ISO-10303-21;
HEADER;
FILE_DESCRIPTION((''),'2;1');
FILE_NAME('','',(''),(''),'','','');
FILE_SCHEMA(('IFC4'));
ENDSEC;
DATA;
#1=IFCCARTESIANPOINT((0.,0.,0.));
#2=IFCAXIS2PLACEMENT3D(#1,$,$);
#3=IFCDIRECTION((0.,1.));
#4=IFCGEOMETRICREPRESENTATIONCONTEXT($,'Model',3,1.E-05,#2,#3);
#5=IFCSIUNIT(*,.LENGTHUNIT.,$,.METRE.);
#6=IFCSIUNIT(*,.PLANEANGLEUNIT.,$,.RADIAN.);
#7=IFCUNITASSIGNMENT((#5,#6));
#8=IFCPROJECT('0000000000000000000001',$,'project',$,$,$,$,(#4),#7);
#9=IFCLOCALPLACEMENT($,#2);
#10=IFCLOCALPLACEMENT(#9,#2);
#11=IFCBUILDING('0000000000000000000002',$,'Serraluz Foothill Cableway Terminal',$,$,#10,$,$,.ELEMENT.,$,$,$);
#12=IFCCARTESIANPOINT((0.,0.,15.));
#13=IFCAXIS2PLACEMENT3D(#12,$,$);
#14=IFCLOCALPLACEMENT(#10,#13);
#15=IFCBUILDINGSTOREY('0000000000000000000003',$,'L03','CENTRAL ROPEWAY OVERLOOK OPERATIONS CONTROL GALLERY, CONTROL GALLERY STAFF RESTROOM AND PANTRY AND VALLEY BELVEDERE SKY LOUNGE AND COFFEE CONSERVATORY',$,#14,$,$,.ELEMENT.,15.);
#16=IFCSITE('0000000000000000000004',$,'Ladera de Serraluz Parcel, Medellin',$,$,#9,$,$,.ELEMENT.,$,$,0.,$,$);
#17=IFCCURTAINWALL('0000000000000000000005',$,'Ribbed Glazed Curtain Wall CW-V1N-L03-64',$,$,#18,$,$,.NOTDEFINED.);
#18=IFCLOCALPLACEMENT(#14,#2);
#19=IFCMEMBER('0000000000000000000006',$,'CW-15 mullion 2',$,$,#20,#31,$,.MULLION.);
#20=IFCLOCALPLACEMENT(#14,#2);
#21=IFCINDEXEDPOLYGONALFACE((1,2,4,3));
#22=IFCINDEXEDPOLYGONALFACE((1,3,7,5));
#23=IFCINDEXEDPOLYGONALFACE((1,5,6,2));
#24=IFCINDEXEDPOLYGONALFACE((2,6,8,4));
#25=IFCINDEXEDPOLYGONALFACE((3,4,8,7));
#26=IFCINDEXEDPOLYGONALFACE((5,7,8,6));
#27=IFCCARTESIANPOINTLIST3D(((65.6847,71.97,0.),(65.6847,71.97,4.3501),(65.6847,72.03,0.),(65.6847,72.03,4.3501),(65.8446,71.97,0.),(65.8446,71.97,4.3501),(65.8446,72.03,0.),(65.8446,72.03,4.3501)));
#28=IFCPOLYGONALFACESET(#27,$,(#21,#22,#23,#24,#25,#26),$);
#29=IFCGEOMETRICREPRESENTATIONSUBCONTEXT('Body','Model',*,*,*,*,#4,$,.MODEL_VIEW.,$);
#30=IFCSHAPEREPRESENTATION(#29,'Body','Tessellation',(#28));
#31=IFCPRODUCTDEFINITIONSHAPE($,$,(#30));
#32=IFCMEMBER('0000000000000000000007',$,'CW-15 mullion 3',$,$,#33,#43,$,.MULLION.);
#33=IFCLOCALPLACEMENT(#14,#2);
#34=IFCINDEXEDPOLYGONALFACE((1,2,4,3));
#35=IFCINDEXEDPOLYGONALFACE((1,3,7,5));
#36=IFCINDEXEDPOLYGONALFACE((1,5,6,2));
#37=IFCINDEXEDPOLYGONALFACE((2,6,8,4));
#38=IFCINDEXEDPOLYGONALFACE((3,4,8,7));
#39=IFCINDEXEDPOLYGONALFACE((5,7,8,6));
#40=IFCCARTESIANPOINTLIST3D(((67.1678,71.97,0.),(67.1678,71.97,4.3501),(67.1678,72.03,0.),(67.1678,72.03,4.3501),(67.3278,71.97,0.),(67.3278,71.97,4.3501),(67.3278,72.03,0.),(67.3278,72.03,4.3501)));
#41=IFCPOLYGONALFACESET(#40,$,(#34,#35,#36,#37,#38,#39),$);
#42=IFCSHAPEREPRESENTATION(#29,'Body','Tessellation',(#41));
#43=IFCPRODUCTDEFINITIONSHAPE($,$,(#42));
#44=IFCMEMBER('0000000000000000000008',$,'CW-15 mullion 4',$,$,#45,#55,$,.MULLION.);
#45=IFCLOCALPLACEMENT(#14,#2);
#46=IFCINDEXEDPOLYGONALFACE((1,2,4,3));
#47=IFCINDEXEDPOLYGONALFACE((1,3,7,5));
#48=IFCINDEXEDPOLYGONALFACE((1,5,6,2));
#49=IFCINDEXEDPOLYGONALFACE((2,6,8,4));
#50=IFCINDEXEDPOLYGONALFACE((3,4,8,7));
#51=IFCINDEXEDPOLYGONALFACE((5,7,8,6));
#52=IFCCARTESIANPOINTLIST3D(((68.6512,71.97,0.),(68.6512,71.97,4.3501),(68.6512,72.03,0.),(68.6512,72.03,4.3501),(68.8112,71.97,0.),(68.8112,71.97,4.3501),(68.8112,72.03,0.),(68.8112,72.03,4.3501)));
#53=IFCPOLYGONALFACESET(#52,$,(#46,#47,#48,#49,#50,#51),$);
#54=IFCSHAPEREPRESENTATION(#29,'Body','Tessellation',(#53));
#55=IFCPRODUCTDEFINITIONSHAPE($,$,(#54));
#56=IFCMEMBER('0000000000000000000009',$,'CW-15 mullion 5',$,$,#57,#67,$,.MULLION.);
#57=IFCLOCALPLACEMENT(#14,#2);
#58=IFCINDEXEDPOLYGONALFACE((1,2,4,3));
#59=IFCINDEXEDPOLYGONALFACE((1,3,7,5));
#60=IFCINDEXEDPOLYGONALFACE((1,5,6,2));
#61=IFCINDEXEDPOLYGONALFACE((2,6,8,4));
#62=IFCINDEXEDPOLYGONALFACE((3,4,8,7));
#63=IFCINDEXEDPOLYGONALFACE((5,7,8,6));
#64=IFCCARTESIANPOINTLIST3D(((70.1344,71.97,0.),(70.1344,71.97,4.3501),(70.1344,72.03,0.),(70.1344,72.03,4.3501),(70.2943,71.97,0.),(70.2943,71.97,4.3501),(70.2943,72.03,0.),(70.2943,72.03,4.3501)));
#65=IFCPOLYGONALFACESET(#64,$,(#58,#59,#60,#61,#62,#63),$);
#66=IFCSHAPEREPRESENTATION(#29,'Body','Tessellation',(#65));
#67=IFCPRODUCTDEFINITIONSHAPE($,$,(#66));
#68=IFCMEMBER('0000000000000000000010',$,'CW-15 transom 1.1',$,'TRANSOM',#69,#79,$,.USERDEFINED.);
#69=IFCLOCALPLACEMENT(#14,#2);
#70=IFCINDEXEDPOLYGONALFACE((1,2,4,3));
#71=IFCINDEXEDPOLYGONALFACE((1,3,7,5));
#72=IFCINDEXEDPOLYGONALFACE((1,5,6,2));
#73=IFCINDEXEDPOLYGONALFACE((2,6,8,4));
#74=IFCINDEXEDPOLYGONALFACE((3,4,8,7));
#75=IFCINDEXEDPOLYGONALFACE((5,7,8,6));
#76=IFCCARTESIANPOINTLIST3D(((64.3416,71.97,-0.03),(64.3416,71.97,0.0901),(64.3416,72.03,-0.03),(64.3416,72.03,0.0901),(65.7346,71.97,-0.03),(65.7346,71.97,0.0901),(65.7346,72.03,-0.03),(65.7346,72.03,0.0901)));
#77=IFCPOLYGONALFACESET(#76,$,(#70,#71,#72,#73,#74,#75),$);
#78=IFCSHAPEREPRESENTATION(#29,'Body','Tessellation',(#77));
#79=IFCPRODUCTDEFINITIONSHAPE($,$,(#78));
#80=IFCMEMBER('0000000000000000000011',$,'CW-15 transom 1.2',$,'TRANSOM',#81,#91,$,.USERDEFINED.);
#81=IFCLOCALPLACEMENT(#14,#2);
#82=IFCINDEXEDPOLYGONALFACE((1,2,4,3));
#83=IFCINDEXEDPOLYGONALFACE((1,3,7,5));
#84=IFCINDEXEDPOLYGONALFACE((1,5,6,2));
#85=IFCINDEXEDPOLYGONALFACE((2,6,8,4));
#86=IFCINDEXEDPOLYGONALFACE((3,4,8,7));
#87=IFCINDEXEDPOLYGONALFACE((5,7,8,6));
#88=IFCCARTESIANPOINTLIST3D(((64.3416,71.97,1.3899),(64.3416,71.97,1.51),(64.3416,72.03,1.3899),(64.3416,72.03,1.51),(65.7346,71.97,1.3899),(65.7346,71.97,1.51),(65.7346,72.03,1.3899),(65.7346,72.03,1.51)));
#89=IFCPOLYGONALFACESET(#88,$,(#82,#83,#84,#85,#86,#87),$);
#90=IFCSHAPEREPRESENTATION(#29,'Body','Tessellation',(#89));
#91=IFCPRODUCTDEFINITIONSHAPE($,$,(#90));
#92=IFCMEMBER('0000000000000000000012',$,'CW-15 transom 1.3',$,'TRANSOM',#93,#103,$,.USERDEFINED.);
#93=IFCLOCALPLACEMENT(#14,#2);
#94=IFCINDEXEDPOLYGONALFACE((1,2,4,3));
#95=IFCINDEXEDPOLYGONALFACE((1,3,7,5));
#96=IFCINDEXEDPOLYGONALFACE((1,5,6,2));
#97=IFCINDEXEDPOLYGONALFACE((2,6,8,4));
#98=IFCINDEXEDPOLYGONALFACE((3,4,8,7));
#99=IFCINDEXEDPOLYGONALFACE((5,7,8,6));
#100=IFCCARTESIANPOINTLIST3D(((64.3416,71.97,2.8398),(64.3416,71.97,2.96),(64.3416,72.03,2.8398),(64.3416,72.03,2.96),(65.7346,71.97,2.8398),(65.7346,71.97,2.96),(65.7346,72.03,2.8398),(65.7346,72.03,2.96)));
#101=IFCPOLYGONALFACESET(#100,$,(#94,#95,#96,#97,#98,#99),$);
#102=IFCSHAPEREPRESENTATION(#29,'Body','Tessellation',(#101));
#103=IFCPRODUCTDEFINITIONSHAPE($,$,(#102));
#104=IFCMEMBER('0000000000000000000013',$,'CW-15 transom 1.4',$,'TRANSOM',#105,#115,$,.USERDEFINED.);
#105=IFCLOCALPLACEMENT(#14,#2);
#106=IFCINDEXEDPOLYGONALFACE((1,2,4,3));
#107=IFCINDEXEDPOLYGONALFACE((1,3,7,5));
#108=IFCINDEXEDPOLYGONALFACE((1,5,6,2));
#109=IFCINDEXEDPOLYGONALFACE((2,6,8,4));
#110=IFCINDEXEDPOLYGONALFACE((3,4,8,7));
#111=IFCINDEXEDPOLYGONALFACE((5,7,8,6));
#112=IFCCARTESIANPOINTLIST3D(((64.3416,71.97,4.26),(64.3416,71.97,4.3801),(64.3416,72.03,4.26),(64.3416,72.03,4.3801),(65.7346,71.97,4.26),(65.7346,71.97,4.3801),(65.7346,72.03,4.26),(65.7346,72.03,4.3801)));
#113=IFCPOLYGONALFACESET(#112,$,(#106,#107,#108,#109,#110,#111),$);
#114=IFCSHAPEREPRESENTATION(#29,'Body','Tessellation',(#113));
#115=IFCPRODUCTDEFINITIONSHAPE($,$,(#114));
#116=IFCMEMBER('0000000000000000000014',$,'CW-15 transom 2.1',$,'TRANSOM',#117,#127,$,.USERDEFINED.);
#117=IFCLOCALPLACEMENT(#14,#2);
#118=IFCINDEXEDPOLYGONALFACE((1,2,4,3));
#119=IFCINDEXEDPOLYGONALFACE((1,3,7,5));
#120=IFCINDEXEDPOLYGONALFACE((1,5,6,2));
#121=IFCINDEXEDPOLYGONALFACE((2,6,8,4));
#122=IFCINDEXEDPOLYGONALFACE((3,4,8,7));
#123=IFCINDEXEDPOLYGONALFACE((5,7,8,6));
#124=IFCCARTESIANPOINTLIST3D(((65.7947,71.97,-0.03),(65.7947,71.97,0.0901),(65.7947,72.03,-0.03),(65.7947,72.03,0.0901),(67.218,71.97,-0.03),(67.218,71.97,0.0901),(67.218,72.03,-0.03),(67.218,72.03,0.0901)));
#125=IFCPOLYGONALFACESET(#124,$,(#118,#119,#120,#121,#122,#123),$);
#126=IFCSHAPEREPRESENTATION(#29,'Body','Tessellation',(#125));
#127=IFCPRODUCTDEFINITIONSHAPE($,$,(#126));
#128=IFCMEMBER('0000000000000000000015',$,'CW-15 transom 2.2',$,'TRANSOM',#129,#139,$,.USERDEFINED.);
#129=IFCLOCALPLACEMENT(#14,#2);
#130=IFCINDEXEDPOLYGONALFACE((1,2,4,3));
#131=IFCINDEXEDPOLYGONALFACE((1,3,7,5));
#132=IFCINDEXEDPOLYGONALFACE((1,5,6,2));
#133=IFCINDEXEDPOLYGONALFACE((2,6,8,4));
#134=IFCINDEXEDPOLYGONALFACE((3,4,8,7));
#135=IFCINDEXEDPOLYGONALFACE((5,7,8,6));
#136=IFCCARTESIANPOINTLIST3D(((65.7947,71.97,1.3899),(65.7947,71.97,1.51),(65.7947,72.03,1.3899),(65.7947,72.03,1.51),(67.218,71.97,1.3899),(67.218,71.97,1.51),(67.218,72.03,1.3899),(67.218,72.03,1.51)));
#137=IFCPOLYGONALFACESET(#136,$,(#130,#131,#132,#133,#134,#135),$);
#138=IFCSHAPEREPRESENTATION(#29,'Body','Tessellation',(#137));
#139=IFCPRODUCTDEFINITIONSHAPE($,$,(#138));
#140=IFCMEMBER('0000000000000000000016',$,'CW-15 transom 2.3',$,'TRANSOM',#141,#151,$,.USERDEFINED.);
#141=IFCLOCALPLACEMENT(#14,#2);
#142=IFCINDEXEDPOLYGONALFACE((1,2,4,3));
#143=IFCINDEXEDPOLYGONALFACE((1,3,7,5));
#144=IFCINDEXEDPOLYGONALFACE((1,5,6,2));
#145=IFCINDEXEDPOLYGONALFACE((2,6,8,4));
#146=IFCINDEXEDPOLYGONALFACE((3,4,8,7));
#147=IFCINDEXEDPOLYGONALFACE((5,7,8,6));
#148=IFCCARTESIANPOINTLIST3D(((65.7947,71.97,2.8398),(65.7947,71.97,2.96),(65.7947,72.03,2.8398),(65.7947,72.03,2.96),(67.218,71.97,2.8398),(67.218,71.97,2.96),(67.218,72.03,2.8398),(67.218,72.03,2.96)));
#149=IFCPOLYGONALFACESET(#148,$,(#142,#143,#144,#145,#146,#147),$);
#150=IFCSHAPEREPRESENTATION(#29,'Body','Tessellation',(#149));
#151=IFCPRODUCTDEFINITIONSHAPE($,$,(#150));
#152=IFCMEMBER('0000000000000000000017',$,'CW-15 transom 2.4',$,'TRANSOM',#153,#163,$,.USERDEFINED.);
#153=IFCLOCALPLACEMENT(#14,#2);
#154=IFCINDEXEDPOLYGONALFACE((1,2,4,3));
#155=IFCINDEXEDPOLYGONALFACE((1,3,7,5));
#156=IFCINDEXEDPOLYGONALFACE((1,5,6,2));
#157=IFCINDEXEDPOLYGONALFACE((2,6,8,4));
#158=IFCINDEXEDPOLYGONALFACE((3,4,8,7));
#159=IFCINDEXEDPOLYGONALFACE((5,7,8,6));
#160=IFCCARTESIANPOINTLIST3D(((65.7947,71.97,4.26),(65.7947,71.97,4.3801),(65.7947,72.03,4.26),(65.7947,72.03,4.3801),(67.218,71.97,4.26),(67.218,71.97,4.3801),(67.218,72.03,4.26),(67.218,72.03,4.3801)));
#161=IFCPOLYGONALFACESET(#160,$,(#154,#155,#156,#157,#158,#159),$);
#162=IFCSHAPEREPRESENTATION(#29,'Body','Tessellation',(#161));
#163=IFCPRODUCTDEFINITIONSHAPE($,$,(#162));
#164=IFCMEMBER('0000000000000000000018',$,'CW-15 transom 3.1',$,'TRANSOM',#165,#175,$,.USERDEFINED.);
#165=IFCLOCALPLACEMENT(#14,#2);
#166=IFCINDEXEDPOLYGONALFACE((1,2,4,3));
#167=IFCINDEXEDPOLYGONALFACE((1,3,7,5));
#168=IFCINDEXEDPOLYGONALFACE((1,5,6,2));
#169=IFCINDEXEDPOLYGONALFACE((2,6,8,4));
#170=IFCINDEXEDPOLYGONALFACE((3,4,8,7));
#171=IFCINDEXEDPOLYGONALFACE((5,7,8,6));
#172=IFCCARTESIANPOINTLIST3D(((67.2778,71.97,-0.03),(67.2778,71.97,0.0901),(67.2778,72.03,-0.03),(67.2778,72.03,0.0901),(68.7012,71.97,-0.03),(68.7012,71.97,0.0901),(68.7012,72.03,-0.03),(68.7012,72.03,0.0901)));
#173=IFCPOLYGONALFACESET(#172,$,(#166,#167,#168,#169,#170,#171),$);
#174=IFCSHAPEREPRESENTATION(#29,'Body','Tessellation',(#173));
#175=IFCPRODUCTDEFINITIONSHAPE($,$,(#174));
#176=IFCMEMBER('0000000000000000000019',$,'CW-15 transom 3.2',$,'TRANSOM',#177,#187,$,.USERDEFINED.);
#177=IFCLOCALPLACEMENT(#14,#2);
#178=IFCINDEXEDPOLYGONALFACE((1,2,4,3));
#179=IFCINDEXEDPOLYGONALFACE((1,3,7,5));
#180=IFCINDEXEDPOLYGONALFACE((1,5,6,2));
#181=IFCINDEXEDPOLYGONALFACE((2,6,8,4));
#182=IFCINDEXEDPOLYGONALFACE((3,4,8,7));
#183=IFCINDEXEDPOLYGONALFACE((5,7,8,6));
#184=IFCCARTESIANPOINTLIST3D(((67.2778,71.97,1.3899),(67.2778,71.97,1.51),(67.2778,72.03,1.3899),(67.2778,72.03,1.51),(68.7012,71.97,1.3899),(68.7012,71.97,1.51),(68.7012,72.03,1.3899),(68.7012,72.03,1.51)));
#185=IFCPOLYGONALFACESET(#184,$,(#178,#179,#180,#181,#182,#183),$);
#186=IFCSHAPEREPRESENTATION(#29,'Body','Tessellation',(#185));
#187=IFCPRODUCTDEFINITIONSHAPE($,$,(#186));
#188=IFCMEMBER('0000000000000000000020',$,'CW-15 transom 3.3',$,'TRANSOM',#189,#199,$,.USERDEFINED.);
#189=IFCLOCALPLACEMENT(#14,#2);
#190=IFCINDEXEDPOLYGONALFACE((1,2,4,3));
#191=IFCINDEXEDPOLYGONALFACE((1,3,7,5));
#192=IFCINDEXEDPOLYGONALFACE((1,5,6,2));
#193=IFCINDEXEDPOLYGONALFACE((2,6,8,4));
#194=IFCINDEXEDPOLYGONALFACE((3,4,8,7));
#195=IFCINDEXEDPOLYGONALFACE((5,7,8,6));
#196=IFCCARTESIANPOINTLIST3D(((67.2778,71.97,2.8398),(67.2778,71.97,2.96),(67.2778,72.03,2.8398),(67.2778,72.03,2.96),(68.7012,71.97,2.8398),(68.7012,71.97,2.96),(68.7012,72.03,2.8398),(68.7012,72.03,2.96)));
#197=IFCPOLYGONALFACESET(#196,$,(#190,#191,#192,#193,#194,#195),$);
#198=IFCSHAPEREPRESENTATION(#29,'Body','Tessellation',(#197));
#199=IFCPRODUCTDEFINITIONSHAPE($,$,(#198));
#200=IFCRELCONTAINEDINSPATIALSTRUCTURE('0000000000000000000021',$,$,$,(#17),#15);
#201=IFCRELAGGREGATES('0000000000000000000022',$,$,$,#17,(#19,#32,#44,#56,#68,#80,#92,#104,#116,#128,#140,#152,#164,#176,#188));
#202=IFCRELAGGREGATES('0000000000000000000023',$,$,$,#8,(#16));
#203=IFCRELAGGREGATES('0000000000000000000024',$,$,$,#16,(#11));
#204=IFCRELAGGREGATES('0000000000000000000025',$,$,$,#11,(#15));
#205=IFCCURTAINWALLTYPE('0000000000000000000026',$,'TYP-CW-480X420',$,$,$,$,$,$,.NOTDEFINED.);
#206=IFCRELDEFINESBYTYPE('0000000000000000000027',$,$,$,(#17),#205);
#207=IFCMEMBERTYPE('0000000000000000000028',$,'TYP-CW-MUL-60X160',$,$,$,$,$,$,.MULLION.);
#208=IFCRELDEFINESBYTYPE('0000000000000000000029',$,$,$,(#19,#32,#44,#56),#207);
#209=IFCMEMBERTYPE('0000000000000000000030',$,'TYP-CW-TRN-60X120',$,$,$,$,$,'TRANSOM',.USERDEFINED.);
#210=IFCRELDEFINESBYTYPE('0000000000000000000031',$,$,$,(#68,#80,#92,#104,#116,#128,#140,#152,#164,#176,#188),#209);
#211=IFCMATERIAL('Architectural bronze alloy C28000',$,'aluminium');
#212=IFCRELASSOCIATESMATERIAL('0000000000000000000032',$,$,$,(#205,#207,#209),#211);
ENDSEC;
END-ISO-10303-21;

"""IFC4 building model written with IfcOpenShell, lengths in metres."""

from ifc_helpers import new_model, si_unit, direction, frame, origin, origin_2d, place, context, subcontext, project, spatial, rectangle, extrude, material, material_profile, profile_set, type_object, element, aggregate, save


model = new_model("IFC4")

# Units and contexts
model_context = context("Model", 3, precision=1e-05, world=origin(), true_north=direction((0.0, 1.0)))
body_context = subcontext(model_context, "Body", "Model", "MODEL_VIEW")
ifc_project = project(units=[si_unit("LENGTHUNIT", "METRE"), si_unit("PLANEANGLEUNIT", "RADIAN")], contexts=[model_context])

# Site, building, storey
site_placement = place(None, origin())
site = spatial("IfcSite", under=ifc_project, at=site_placement, Name="Ladera de Serraluz Parcel, Medellin", CompositionType="ELEMENT", RefElevation=0.0)
building_placement = place(site_placement, origin())
building = spatial("IfcBuilding", under=site, at=building_placement, Name="Serraluz Foothill Cableway Terminal", CompositionType="ELEMENT")
storey_placement = place(building_placement, frame((0.0, 0.0, 15.0)))
storey = spatial("IfcBuildingStorey", under=building, at=storey_placement, Name="L03", Description="CENTRAL ROPEWAY OVERLOOK OPERATIONS CONTROL GALLERY, CONTROL GALLERY STAFF RESTROOM AND PANTRY AND VALLEY BELVEDERE SKY LOUNGE AND COFFEE CONSERVATORY", CompositionType="ELEMENT", Elevation=15.0)

# Curtain wall, members
ifc_material_1 = material(Name="Architectural bronze alloy C28000", Category="aluminium")
curtain_wall_type = type_object("IfcCurtainWallType", Name="TYP-CW-480X420", PredefinedType="NOTDEFINED", material=ifc_material_1)
curtain_wall_placement = place(storey_placement, origin())
curtain_wall = element("IfcCurtainWall", 1, at=curtain_wall_placement, inside=storey, type_object=curtain_wall_type, Name="Ribbed Glazed Curtain Wall CW-V1N-L03-64", PredefinedType="NOTDEFINED")
ifc_material_profile_1 = material_profile(ifc_material_1, rectangle(XDim=0.0601, YDim=0.1599, at=origin_2d()), Name="ALU MULLION 60x160")
ifc_profile_set_1 = profile_set([ifc_material_profile_1], Name="Architectural bronze alloy C28000")
member_type_1 = type_object("IfcMemberType", Name="TYP-CW-MUL-60X160", PredefinedType="MULLION", material=ifc_profile_set_1)
member_1_placement = place(storey_placement, frame((65.7646, 72.0, 0.0), z_axis=(0.0, 0.0, 1.0), x_axis=(0.0, 1.0, 0.0)))
member_1 = element("IfcMember", 2, at=member_1_placement, type_object=member_type_1, Name="CW-15 mullion 2", PredefinedType="MULLION", context=body_context, shape_type="SweptSolid", body=[
    extrude(rectangle(XDim=0.0601, YDim=0.1599, at=origin_2d()), origin(), (0.0, 0.0, 1.0), 4.3501),
])
member_2_placement = place(storey_placement, frame((67.2478, 72.0, 0.0), z_axis=(0.0, 0.0, 1.0), x_axis=(0.0, 1.0, 0.0)))
member_2 = element("IfcMember", 3, at=member_2_placement, type_object=member_type_1, Name="CW-15 mullion 3", PredefinedType="MULLION", context=body_context, shape_type="SweptSolid", body=[
    extrude(rectangle(XDim=0.0601, YDim=0.1599, at=origin_2d()), origin(), (0.0, 0.0, 1.0), 4.3501),
])
member_3_placement = place(storey_placement, frame((68.7312, 72.0, 0.0), z_axis=(0.0, 0.0, 1.0), x_axis=(0.0, 1.0, 0.0)))
member_3 = element("IfcMember", 4, at=member_3_placement, type_object=member_type_1, Name="CW-15 mullion 4", PredefinedType="MULLION", context=body_context, shape_type="SweptSolid", body=[
    extrude(rectangle(XDim=0.0601, YDim=0.1599, at=origin_2d()), origin(), (0.0, 0.0, 1.0), 4.3501),
])
member_4_placement = place(storey_placement, frame((70.2144, 72.0, 0.0), z_axis=(0.0, 0.0, 1.0), x_axis=(0.0, 1.0, 0.0)))
member_4 = element("IfcMember", 5, at=member_4_placement, type_object=member_type_1, Name="CW-15 mullion 5", PredefinedType="MULLION", context=body_context, shape_type="SweptSolid", body=[
    extrude(rectangle(XDim=0.0601, YDim=0.1599, at=origin_2d()), origin(), (0.0, 0.0, 1.0), 4.3501),
])
ifc_material_profile_2 = material_profile(ifc_material_1, rectangle(XDim=0.0601, YDim=0.1201, at=origin_2d()), Name="ALU TRANSOM 60x120")
ifc_profile_set_2 = profile_set([ifc_material_profile_2], Name="Architectural bronze alloy C28000")
member_type_2 = type_object("IfcMemberType", Name="TYP-CW-TRN-60X120", ElementType="TRANSOM", PredefinedType="USERDEFINED", material=ifc_profile_set_2)
member_5_placement = place(storey_placement, frame((64.3416, 72.0, 0.03), z_axis=(1.0, 0.0, 0.0), x_axis=(0.0, 1.0, 0.0)))
member_5 = element("IfcMember", 6, at=member_5_placement, type_object=member_type_2, Name="CW-15 transom 1.1", ObjectType="TRANSOM", PredefinedType="USERDEFINED", context=body_context, shape_type="SweptSolid", body=[
    extrude(rectangle(XDim=0.0601, YDim=0.1201, at=origin_2d()), origin(), (0.0, 0.0, 1.0), 1.3931),
])
member_6_placement = place(storey_placement, frame((64.3416, 72.0, 1.45), z_axis=(1.0, 0.0, 0.0), x_axis=(0.0, 1.0, 0.0)))
member_6 = element("IfcMember", 7, at=member_6_placement, type_object=member_type_2, Name="CW-15 transom 1.2", ObjectType="TRANSOM", PredefinedType="USERDEFINED", context=body_context, shape_type="SweptSolid", body=[
    extrude(rectangle(XDim=0.0601, YDim=0.1201, at=origin_2d()), origin(), (0.0, 0.0, 1.0), 1.3931),
])
member_7_placement = place(storey_placement, frame((64.3416, 72.0, 2.8999), z_axis=(1.0, 0.0, 0.0), x_axis=(0.0, 1.0, 0.0)))
member_7 = element("IfcMember", 8, at=member_7_placement, type_object=member_type_2, Name="CW-15 transom 1.3", ObjectType="TRANSOM", PredefinedType="USERDEFINED", context=body_context, shape_type="SweptSolid", body=[
    extrude(rectangle(XDim=0.0601, YDim=0.1201, at=origin_2d()), origin(), (0.0, 0.0, 1.0), 1.3931),
])
member_8_placement = place(storey_placement, frame((64.3416, 72.0, 4.3201), z_axis=(1.0, 0.0, 0.0), x_axis=(0.0, 1.0, 0.0)))
member_8 = element("IfcMember", 9, at=member_8_placement, type_object=member_type_2, Name="CW-15 transom 1.4", ObjectType="TRANSOM", PredefinedType="USERDEFINED", context=body_context, shape_type="SweptSolid", body=[
    extrude(rectangle(XDim=0.0601, YDim=0.1201, at=origin_2d()), origin(), (0.0, 0.0, 1.0), 1.3931),
])
member_9_placement = place(storey_placement, frame((65.7947, 72.0, 0.03), z_axis=(1.0, 0.0, 0.0), x_axis=(0.0, 1.0, 0.0)))
member_9 = element("IfcMember", 10, at=member_9_placement, type_object=member_type_2, Name="CW-15 transom 2.1", ObjectType="TRANSOM", PredefinedType="USERDEFINED", context=body_context, shape_type="SweptSolid", body=[
    extrude(rectangle(XDim=0.0601, YDim=0.1201, at=origin_2d()), origin(), (0.0, 0.0, 1.0), 1.4233),
])
member_10_placement = place(storey_placement, frame((65.7947, 72.0, 1.45), z_axis=(1.0, 0.0, 0.0), x_axis=(0.0, 1.0, 0.0)))
member_10 = element("IfcMember", 11, at=member_10_placement, type_object=member_type_2, Name="CW-15 transom 2.2", ObjectType="TRANSOM", PredefinedType="USERDEFINED", context=body_context, shape_type="SweptSolid", body=[
    extrude(rectangle(XDim=0.0601, YDim=0.1201, at=origin_2d()), origin(), (0.0, 0.0, 1.0), 1.4233),
])
member_11_placement = place(storey_placement, frame((65.7947, 72.0, 2.8999), z_axis=(1.0, 0.0, 0.0), x_axis=(0.0, 1.0, 0.0)))
member_11 = element("IfcMember", 12, at=member_11_placement, type_object=member_type_2, Name="CW-15 transom 2.3", ObjectType="TRANSOM", PredefinedType="USERDEFINED", context=body_context, shape_type="SweptSolid", body=[
    extrude(rectangle(XDim=0.0601, YDim=0.1201, at=origin_2d()), origin(), (0.0, 0.0, 1.0), 1.4233),
])
member_12_placement = place(storey_placement, frame((65.7947, 72.0, 4.3201), z_axis=(1.0, 0.0, 0.0), x_axis=(0.0, 1.0, 0.0)))
member_12 = element("IfcMember", 13, at=member_12_placement, type_object=member_type_2, Name="CW-15 transom 2.4", ObjectType="TRANSOM", PredefinedType="USERDEFINED", context=body_context, shape_type="SweptSolid", body=[
    extrude(rectangle(XDim=0.0601, YDim=0.1201, at=origin_2d()), origin(), (0.0, 0.0, 1.0), 1.4233),
])
member_13_placement = place(storey_placement, frame((67.2778, 72.0, 0.03), z_axis=(1.0, 0.0, 0.0), x_axis=(0.0, 1.0, 0.0)))
member_13 = element("IfcMember", 14, at=member_13_placement, type_object=member_type_2, Name="CW-15 transom 3.1", ObjectType="TRANSOM", PredefinedType="USERDEFINED", context=body_context, shape_type="SweptSolid", body=[
    extrude(rectangle(XDim=0.0601, YDim=0.1201, at=origin_2d()), origin(), (0.0, 0.0, 1.0), 1.4233),
])
member_14_placement = place(storey_placement, frame((67.2778, 72.0, 1.45), z_axis=(1.0, 0.0, 0.0), x_axis=(0.0, 1.0, 0.0)))
member_14 = element("IfcMember", 15, at=member_14_placement, type_object=member_type_2, Name="CW-15 transom 3.2", ObjectType="TRANSOM", PredefinedType="USERDEFINED", context=body_context, shape_type="SweptSolid", body=[
    extrude(rectangle(XDim=0.0601, YDim=0.1201, at=origin_2d()), origin(), (0.0, 0.0, 1.0), 1.4233),
])
member_15_placement = place(storey_placement, frame((67.2778, 72.0, 2.8999), z_axis=(1.0, 0.0, 0.0), x_axis=(0.0, 1.0, 0.0)))
member_15 = element("IfcMember", 16, at=member_15_placement, type_object=member_type_2, Name="CW-15 transom 3.3", ObjectType="TRANSOM", PredefinedType="USERDEFINED", context=body_context, shape_type="SweptSolid", body=[
    extrude(rectangle(XDim=0.0601, YDim=0.1201, at=origin_2d()), origin(), (0.0, 0.0, 1.0), 1.4233),
])
aggregate(curtain_wall, [member_1, member_2, member_3, member_4, member_5, member_6, member_7, member_8, member_9, member_10, member_11, member_12, member_13, member_14, member_15])

save(model, "model.ifc")
